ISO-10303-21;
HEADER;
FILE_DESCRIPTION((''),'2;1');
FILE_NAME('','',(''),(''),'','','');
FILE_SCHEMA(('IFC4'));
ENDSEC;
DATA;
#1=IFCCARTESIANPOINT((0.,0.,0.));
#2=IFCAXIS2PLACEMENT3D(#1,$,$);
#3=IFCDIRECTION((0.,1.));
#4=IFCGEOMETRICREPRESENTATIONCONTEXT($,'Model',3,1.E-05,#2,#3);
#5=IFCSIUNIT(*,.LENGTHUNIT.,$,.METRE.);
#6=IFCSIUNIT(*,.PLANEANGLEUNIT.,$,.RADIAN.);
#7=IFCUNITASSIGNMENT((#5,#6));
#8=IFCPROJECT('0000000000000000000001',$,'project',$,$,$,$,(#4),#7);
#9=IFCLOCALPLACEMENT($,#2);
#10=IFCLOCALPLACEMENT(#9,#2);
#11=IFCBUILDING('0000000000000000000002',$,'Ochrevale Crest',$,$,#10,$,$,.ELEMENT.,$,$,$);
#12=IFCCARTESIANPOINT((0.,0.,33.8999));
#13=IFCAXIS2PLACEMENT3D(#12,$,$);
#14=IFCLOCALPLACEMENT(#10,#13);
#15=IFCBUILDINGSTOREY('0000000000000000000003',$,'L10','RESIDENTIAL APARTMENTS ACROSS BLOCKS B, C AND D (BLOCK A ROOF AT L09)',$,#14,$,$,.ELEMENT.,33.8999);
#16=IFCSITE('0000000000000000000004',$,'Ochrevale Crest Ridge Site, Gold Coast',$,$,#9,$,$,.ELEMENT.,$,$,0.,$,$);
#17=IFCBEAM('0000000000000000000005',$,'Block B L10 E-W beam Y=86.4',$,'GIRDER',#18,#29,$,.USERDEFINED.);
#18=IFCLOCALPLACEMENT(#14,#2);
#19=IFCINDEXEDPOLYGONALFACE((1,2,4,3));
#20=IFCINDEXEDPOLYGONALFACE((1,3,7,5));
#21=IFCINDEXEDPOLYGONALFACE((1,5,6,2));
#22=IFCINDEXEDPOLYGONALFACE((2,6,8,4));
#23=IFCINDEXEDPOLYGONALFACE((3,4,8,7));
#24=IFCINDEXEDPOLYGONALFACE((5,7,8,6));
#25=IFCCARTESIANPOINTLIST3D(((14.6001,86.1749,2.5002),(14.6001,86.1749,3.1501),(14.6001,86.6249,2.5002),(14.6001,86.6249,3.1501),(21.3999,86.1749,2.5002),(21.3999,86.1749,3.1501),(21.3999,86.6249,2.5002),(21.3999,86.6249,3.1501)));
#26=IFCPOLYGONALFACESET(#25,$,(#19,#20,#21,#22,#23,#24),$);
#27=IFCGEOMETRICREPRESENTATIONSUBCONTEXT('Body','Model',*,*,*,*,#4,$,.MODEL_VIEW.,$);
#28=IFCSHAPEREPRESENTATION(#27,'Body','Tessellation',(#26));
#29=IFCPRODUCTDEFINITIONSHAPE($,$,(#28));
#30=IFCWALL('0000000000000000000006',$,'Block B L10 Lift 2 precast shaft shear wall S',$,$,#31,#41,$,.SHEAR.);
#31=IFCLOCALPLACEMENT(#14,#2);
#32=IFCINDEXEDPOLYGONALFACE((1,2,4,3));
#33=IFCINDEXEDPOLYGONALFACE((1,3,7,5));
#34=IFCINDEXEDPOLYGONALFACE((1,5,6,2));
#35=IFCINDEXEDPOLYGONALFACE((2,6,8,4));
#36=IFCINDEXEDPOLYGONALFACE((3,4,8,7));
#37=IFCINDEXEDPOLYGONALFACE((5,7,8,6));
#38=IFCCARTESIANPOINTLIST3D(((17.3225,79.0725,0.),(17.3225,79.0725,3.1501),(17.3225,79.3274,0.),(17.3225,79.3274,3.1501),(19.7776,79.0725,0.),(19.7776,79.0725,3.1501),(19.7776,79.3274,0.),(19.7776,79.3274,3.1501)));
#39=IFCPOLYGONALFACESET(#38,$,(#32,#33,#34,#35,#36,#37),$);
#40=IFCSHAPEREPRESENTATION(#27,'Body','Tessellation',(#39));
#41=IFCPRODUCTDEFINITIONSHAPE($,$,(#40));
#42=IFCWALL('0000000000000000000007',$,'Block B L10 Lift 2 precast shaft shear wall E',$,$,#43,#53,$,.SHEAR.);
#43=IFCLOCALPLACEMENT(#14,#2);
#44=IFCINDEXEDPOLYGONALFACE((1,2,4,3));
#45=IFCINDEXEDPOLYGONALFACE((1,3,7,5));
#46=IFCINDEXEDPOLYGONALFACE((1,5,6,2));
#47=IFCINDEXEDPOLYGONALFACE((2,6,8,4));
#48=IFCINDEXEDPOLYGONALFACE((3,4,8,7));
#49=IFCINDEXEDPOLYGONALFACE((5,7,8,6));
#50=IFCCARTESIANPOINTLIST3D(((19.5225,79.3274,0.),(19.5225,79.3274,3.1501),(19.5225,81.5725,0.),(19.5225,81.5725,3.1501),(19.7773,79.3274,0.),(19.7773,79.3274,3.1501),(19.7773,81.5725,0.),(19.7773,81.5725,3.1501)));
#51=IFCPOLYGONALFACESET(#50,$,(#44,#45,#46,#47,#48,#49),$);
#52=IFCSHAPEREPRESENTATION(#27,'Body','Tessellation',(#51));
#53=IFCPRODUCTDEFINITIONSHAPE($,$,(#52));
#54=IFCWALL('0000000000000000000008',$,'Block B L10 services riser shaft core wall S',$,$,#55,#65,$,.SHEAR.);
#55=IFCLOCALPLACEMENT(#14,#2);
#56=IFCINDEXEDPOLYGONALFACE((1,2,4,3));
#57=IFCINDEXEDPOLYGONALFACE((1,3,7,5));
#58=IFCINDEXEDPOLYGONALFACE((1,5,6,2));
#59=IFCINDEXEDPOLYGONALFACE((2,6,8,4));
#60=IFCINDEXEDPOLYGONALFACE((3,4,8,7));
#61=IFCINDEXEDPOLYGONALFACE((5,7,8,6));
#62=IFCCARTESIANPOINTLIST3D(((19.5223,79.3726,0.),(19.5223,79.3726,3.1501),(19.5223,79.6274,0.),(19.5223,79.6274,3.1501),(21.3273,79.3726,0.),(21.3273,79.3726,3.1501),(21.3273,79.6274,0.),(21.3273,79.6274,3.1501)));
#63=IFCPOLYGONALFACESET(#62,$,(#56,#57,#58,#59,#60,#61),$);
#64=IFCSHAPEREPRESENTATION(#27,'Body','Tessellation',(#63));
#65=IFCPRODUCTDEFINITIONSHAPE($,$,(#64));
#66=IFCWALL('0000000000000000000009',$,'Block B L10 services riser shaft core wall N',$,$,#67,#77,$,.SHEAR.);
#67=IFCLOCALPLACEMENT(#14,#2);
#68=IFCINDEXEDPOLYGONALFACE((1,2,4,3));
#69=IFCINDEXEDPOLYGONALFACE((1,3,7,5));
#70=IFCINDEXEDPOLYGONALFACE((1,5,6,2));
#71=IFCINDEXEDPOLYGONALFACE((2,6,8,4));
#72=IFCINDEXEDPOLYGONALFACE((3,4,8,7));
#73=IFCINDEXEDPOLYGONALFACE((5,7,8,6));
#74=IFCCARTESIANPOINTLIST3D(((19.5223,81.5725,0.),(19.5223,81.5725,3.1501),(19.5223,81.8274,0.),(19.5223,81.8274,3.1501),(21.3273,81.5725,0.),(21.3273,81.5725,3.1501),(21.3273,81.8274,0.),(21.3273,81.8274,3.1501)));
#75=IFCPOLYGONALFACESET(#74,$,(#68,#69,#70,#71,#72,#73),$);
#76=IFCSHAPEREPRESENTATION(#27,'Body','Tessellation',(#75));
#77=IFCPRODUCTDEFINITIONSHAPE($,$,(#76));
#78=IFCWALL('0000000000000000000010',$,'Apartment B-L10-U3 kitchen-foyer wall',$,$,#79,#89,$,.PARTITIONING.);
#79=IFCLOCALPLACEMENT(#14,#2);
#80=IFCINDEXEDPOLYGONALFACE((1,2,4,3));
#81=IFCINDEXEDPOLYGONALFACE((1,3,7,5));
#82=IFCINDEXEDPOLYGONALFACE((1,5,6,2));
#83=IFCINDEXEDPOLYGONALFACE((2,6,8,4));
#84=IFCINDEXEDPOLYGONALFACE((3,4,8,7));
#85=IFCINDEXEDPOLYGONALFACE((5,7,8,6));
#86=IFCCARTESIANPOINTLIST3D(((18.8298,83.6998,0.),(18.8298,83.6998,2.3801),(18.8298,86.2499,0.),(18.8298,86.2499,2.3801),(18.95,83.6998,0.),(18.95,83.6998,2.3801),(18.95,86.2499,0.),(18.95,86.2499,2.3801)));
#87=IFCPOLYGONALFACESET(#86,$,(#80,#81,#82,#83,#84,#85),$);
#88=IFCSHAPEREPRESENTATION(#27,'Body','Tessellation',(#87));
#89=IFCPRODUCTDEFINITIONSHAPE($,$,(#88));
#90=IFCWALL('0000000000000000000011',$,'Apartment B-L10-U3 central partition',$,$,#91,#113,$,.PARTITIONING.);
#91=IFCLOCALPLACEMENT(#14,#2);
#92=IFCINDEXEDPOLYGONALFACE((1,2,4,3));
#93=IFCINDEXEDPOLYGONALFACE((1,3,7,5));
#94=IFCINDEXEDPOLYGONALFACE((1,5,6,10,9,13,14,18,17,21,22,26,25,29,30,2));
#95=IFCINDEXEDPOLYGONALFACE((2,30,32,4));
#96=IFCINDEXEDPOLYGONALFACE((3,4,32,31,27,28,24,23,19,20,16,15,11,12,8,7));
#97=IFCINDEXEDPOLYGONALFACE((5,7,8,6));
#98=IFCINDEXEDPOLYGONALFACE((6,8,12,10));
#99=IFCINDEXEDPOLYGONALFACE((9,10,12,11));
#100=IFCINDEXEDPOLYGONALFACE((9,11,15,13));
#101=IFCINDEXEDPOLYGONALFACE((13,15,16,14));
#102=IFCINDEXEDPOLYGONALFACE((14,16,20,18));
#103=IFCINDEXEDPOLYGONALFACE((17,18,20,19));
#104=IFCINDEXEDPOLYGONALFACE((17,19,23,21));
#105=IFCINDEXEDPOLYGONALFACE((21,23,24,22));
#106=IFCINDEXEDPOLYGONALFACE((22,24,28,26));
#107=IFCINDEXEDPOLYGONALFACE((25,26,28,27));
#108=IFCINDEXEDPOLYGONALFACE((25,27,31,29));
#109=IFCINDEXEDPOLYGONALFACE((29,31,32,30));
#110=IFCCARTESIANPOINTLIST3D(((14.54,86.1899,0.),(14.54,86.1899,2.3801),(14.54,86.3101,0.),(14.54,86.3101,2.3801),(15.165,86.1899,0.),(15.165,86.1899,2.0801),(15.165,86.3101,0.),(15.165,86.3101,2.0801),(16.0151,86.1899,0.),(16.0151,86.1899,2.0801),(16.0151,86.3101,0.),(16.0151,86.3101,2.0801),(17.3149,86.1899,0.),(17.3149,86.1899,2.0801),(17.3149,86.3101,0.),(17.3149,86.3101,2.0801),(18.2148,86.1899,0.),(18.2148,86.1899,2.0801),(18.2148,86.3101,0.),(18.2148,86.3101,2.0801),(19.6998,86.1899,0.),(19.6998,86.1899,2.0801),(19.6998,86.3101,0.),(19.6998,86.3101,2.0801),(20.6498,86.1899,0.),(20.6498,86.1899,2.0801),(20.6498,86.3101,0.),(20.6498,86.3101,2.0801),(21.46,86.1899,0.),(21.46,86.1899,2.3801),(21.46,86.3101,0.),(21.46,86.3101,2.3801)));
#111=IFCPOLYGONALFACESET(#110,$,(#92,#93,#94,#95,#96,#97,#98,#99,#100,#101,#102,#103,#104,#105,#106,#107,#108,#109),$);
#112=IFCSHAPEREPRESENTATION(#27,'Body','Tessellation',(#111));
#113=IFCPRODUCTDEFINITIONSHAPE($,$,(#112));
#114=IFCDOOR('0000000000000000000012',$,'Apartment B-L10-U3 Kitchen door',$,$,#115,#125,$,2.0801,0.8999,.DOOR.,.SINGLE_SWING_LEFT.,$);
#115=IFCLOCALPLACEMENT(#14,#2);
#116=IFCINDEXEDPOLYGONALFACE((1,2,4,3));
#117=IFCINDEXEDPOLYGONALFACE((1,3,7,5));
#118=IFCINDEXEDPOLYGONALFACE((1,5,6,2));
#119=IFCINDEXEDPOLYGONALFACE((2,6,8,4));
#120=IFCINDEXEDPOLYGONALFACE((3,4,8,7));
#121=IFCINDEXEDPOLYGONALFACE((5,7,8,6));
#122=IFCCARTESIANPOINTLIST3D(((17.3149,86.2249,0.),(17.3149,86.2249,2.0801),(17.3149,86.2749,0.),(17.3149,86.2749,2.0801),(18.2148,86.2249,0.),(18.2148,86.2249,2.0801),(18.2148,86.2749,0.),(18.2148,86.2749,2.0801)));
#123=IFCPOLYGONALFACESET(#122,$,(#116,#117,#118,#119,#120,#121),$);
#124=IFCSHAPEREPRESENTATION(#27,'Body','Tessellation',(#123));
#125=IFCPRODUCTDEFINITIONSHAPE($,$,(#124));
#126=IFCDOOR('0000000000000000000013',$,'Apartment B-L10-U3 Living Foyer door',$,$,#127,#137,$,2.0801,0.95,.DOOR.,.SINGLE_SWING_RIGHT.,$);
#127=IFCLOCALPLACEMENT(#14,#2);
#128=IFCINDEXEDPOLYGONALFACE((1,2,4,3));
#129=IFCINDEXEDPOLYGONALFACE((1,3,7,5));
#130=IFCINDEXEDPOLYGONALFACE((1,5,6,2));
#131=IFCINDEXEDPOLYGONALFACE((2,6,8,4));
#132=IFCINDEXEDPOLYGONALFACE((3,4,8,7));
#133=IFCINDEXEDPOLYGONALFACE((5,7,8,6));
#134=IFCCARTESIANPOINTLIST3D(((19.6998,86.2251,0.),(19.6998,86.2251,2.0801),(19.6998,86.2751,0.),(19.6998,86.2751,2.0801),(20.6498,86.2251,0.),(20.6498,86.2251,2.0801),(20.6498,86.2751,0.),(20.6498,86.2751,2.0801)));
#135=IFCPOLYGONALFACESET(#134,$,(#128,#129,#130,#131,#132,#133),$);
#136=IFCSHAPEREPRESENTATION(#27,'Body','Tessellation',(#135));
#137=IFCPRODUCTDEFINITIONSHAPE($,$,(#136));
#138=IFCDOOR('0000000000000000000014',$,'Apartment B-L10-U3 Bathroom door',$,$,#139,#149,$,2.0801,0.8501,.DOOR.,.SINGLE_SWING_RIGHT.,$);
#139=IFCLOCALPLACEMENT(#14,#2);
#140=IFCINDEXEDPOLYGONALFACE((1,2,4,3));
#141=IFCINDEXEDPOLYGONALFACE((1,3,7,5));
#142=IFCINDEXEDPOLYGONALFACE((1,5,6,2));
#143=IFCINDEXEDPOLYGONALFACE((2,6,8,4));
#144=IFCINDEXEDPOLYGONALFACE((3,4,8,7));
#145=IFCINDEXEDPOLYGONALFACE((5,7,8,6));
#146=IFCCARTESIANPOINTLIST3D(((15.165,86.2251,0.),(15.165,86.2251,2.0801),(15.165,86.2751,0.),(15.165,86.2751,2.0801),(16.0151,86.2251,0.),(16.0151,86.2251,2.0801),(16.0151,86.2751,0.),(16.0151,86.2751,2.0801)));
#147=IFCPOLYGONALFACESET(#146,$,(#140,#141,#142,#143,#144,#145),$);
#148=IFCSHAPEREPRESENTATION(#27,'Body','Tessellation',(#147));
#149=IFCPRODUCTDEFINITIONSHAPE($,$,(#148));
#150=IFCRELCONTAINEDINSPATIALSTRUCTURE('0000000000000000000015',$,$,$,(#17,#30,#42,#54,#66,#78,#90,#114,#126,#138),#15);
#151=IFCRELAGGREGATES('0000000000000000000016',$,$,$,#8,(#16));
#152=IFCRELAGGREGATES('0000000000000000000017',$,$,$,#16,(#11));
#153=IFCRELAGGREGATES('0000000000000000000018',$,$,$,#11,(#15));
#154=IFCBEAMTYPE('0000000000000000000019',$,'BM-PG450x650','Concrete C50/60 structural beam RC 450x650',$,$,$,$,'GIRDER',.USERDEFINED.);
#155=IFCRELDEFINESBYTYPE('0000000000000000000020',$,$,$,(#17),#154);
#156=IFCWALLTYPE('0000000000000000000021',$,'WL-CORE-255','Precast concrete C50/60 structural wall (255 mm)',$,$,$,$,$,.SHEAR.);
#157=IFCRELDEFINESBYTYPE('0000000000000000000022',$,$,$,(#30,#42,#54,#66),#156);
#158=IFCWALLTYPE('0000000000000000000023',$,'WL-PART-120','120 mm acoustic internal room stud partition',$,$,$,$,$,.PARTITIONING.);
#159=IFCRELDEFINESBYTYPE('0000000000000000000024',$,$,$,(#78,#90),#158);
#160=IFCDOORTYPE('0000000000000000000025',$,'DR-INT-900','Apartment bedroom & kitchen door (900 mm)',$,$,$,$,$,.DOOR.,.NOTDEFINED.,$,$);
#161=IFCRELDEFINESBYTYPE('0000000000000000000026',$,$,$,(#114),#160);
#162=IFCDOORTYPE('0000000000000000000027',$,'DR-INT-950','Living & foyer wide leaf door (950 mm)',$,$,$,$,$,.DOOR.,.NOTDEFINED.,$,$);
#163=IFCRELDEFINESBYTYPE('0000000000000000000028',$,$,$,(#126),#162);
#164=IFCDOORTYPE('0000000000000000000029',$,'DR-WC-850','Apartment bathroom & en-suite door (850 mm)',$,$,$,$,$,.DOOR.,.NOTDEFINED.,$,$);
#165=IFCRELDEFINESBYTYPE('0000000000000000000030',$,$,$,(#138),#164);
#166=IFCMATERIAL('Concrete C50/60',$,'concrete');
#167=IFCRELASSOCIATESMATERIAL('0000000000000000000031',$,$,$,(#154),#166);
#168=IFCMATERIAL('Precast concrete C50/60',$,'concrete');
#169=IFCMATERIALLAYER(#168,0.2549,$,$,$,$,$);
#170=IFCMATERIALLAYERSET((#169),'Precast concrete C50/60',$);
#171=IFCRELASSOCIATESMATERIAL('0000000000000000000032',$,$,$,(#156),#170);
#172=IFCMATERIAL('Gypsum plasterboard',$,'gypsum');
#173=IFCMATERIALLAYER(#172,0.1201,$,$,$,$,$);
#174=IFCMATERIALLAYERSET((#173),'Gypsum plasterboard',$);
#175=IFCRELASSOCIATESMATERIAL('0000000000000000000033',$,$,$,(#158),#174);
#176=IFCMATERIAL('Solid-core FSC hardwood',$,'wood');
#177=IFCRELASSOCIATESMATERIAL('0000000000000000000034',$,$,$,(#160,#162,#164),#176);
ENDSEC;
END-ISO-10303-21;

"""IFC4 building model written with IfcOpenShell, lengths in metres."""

from ifc_helpers import new_model, si_unit, direction, frame, frame_2d, origin, origin_2d, place, context, subcontext, project, spatial, rectangle, extrude, material, layer, layer_set, material_profile, profile_set, type_object, element, fill, save


model = new_model("IFC4")

# Units and contexts
model_context = context("Model", 3, precision=1e-05, world=origin(), true_north=direction((0.0, 1.0)))
body_context = subcontext(model_context, "Body", "Model", "MODEL_VIEW")
ifc_project = project(units=[si_unit("LENGTHUNIT", "METRE"), si_unit("PLANEANGLEUNIT", "RADIAN")], contexts=[model_context])

# Site, building, storey
site_placement = place(None, origin())
site = spatial("IfcSite", under=ifc_project, at=site_placement, Name="Ochrevale Crest Ridge Site, Gold Coast", CompositionType="ELEMENT", RefElevation=0.0)
building_placement = place(site_placement, origin())
building = spatial("IfcBuilding", under=site, at=building_placement, Name="Ochrevale Crest", CompositionType="ELEMENT")
storey_placement = place(building_placement, frame((0.0, 0.0, 33.8999)))
storey = spatial("IfcBuildingStorey", under=building, at=storey_placement, Name="L10", Description="RESIDENTIAL APARTMENTS ACROSS BLOCKS B, C AND D (BLOCK A ROOF AT L09)", CompositionType="ELEMENT", Elevation=33.8999)

# Beam
ifc_material_1 = material(Name="Concrete C50/60", Category="concrete")
ifc_material_profile = material_profile(ifc_material_1, rectangle(XDim=0.45, YDim=0.6499, at=origin_2d()), Name="RC 450x650")
ifc_profile_set = profile_set([ifc_material_profile], Name="Concrete C50/60")
beam_type = type_object("IfcBeamType", Name="BM-PG450x650", Description="Concrete C50/60 structural beam RC 450x650", ElementType="GIRDER", PredefinedType="USERDEFINED", material=ifc_profile_set)
beam_placement = place(storey_placement, frame((14.6001, 86.3999, 2.8252), z_axis=(1.0, 0.0, 0.0), x_axis=(0.0, 1.0, 0.0)))
element("IfcBeam", 1, at=beam_placement, inside=storey, type_object=beam_type, Name="Block B L10 E-W beam Y=86.4", ObjectType="GIRDER", PredefinedType="USERDEFINED", context=body_context, shape_type="SweptSolid", body=[
    extrude(rectangle(XDim=0.45, YDim=0.6499, at=origin_2d()), origin(), (0.0, 0.0, 1.0), 6.7998),
])

# Shared definitions
ifc_material_2 = material(Name="Precast concrete C50/60", Category="concrete")
ifc_layer_1 = layer(ifc_material_2, 0.2549)
ifc_layer_set_1 = layer_set([ifc_layer_1], Name="Precast concrete C50/60")
wall_type_1 = type_object("IfcWallType", Name="WL-CORE-255", Description="Precast concrete C50/60 structural wall (255 mm)", PredefinedType="SHEAR", material=ifc_layer_set_1)
ifc_material_3 = material(Name="Solid-core FSC hardwood", Category="wood")

# Wall
wall_1_placement = place(storey_placement, frame((17.3225, 79.2, 0.0), z_axis=(0.0, 0.0, 1.0), x_axis=(1.0, 0.0, 0.0)))
element("IfcWall", 2, at=wall_1_placement, inside=storey, type_object=wall_type_1, Name="Block B L10 Lift 2 precast shaft shear wall S", PredefinedType="SHEAR", context=body_context, shape_type="SweptSolid", body=[
    extrude(rectangle(XDim=2.4551, YDim=0.2549, at=frame_2d((1.2275, 0.0))), origin(), (0.0, 0.0, 1.0), 3.1501),
])

# Walls
wall_2_placement = place(storey_placement, frame((19.6499, 79.3274, 0.0), z_axis=(0.0, 0.0, 1.0), x_axis=(0.0, 1.0, 0.0)))
element("IfcWall", 3, at=wall_2_placement, inside=storey, type_object=wall_type_1, Name="Block B L10 Lift 2 precast shaft shear wall E", PredefinedType="SHEAR", context=body_context, shape_type="SweptSolid", body=[
    extrude(rectangle(XDim=2.2451, YDim=0.2549, at=frame_2d((1.1226, 0.0))), origin(), (0.0, 0.0, 1.0), 3.1501),
])
for number, where, z_axis, x_axis, name in (
    (4, (19.5225, 79.5, 0.0), (0.0, 0.0, 1.0), (1.0, 0.0, 0.0), "Block B L10 services riser shaft core wall S"),
    (5, (19.5225, 81.7, 0.0), (0.0, 0.0, 1.0), (1.0, 0.0, 0.0), "Block B L10 services riser shaft core wall N"),
):
    element("IfcWall", number, at=place(storey_placement, frame(where, z_axis=z_axis, x_axis=x_axis)), inside=storey, type_object=wall_type_1, Name=name, PredefinedType="SHEAR", context=body_context, shape_type="SweptSolid", body=[
        extrude(rectangle(XDim=1.8049, YDim=0.2549, at=frame_2d((0.9023, 0.0))), origin(), (0.0, 0.0, 1.0), 3.1501),
    ])
ifc_material_4 = material(Name="Gypsum plasterboard", Category="gypsum")
ifc_layer_2 = layer(ifc_material_4, 0.1201)
ifc_layer_set_2 = layer_set([ifc_layer_2], Name="Gypsum plasterboard")
wall_type_2 = type_object("IfcWallType", Name="WL-PART-120", Description="120 mm acoustic internal room stud partition", PredefinedType="PARTITIONING", material=ifc_layer_set_2)
wall_3_placement = place(storey_placement, frame((18.8899, 83.7, 0.0), z_axis=(0.0, 0.0, 1.0), x_axis=(0.0, 1.0, 0.0)))
element("IfcWall", 6, at=wall_3_placement, inside=storey, type_object=wall_type_2, Name="Apartment B-L10-U3 kitchen-foyer wall", PredefinedType="PARTITIONING", context=body_context, shape_type="SweptSolid", body=[
    extrude(rectangle(XDim=2.55, YDim=0.1201, at=frame_2d((1.2749, 0.0))), origin(), (0.0, 0.0, 1.0), 2.3801),
])

# Wall, openings, doors
wall_4_placement = place(storey_placement, frame((14.54, 86.25, 0.0), z_axis=(0.0, 0.0, 1.0), x_axis=(1.0, 0.0, 0.0)))
wall_4 = element("IfcWall", 7, at=wall_4_placement, inside=storey, type_object=wall_type_2, Name="Apartment B-L10-U3 central partition", PredefinedType="PARTITIONING", context=body_context, shape_type="SweptSolid", body=[
    extrude(rectangle(XDim=6.9199, YDim=0.1201, at=frame_2d((3.46, 0.0))), origin(), (0.0, 0.0, 1.0), 2.3801),
])
opening_1_placement = place(wall_4_placement, frame((1.4751, 0.0, 0.0), z_axis=(0.0, 0.0, 1.0), x_axis=(-1.0, 0.0, 0.0)))
opening_1 = element("IfcOpeningElement", 8, at=opening_1_placement, cuts=wall_4, PredefinedType="OPENING", context=body_context, shape_type="SweptSolid", body=[
    extrude(rectangle(XDim=0.8501, YDim=2.0801, at=frame_2d((0.425, 1.04))), frame((0.0, 0.0701, 0.0), z_axis=(0.0, -1.0, 0.0), x_axis=(1.0, 0.0, 0.0)), (0.0, 0.0, 1.0), 0.1401),
])
opening_2_placement = place(wall_4_placement, frame((2.7749, 0.0, 0.0)))
opening_2 = element("IfcOpeningElement", 9, at=opening_2_placement, cuts=wall_4, PredefinedType="OPENING", context=body_context, shape_type="SweptSolid", body=[
    extrude(rectangle(XDim=0.8999, YDim=2.0801, at=frame_2d((0.45, 1.04))), frame((0.0, 0.0701, 0.0), z_axis=(0.0, -1.0, 0.0), x_axis=(1.0, 0.0, 0.0)), (0.0, 0.0, 1.0), 0.1401),
])
opening_3_placement = place(wall_4_placement, frame((6.1099, 0.0, 0.0), z_axis=(0.0, 0.0, 1.0), x_axis=(-1.0, 0.0, 0.0)))
opening_3 = element("IfcOpeningElement", 10, at=opening_3_placement, cuts=wall_4, PredefinedType="OPENING", context=body_context, shape_type="SweptSolid", body=[
    extrude(rectangle(XDim=0.95, YDim=2.0801, at=frame_2d((0.4751, 1.04))), frame((0.0, 0.0701, 0.0), z_axis=(0.0, -1.0, 0.0), x_axis=(1.0, 0.0, 0.0)), (0.0, 0.0, 1.0), 0.1401),
])
door_type_1 = type_object("IfcDoorType", Name="DR-INT-900", Description="Apartment bedroom & kitchen door (900 mm)", OperationType="NOTDEFINED", PredefinedType="DOOR", material=ifc_material_3)
door_1_placement = place(opening_2_placement, origin())
door_1 = element("IfcDoor", 11, at=door_1_placement, inside=storey, type_object=door_type_1, Name="Apartment B-L10-U3 Kitchen door", OperationType="SINGLE_SWING_LEFT", OverallHeight=2.0801, OverallWidth=0.8999, PredefinedType="DOOR", context=body_context, shape_type="SweptSolid", body=[
    extrude(rectangle(XDim=0.8999, YDim=2.0801, at=frame_2d((0.45, 1.04))), frame((0.0, 0.0249, 0.0), z_axis=(0.0, -1.0, 0.0), x_axis=(1.0, 0.0, 0.0)), (0.0, 0.0, 1.0), 0.05),
])
fill(opening_2, door_1)
door_type_2 = type_object("IfcDoorType", Name="DR-INT-950", Description="Living & foyer wide leaf door (950 mm)", OperationType="NOTDEFINED", PredefinedType="DOOR", material=ifc_material_3)
door_2_placement = place(opening_3_placement, origin())
door_2 = element("IfcDoor", 12, at=door_2_placement, inside=storey, type_object=door_type_2, Name="Apartment B-L10-U3 Living Foyer door", OperationType="SINGLE_SWING_RIGHT", OverallHeight=2.0801, OverallWidth=0.95, PredefinedType="DOOR", context=body_context, shape_type="SweptSolid", body=[
    extrude(rectangle(XDim=0.95, YDim=2.0801, at=frame_2d((0.4751, 1.04))), frame((0.0, 0.0249, 0.0), z_axis=(0.0, -1.0, 0.0), x_axis=(1.0, 0.0, 0.0)), (0.0, 0.0, 1.0), 0.05),
])
fill(opening_3, door_2)
door_type_3 = type_object("IfcDoorType", Name="DR-WC-850", Description="Apartment bathroom & en-suite door (850 mm)", OperationType="NOTDEFINED", PredefinedType="DOOR", material=ifc_material_3)
door_3_placement = place(opening_1_placement, origin())
door_3 = element("IfcDoor", 13, at=door_3_placement, inside=storey, type_object=door_type_3, Name="Apartment B-L10-U3 Bathroom door", OperationType="SINGLE_SWING_RIGHT", OverallHeight=2.0801, OverallWidth=0.8501, PredefinedType="DOOR", context=body_context, shape_type="SweptSolid", body=[
    extrude(rectangle(XDim=0.8501, YDim=2.0801, at=frame_2d((0.425, 1.04))), frame((0.0, 0.0249, 0.0), z_axis=(0.0, -1.0, 0.0), x_axis=(1.0, 0.0, 0.0)), (0.0, 0.0, 1.0), 0.05),
])
fill(opening_1, door_3)

save(model, "model.ifc")
